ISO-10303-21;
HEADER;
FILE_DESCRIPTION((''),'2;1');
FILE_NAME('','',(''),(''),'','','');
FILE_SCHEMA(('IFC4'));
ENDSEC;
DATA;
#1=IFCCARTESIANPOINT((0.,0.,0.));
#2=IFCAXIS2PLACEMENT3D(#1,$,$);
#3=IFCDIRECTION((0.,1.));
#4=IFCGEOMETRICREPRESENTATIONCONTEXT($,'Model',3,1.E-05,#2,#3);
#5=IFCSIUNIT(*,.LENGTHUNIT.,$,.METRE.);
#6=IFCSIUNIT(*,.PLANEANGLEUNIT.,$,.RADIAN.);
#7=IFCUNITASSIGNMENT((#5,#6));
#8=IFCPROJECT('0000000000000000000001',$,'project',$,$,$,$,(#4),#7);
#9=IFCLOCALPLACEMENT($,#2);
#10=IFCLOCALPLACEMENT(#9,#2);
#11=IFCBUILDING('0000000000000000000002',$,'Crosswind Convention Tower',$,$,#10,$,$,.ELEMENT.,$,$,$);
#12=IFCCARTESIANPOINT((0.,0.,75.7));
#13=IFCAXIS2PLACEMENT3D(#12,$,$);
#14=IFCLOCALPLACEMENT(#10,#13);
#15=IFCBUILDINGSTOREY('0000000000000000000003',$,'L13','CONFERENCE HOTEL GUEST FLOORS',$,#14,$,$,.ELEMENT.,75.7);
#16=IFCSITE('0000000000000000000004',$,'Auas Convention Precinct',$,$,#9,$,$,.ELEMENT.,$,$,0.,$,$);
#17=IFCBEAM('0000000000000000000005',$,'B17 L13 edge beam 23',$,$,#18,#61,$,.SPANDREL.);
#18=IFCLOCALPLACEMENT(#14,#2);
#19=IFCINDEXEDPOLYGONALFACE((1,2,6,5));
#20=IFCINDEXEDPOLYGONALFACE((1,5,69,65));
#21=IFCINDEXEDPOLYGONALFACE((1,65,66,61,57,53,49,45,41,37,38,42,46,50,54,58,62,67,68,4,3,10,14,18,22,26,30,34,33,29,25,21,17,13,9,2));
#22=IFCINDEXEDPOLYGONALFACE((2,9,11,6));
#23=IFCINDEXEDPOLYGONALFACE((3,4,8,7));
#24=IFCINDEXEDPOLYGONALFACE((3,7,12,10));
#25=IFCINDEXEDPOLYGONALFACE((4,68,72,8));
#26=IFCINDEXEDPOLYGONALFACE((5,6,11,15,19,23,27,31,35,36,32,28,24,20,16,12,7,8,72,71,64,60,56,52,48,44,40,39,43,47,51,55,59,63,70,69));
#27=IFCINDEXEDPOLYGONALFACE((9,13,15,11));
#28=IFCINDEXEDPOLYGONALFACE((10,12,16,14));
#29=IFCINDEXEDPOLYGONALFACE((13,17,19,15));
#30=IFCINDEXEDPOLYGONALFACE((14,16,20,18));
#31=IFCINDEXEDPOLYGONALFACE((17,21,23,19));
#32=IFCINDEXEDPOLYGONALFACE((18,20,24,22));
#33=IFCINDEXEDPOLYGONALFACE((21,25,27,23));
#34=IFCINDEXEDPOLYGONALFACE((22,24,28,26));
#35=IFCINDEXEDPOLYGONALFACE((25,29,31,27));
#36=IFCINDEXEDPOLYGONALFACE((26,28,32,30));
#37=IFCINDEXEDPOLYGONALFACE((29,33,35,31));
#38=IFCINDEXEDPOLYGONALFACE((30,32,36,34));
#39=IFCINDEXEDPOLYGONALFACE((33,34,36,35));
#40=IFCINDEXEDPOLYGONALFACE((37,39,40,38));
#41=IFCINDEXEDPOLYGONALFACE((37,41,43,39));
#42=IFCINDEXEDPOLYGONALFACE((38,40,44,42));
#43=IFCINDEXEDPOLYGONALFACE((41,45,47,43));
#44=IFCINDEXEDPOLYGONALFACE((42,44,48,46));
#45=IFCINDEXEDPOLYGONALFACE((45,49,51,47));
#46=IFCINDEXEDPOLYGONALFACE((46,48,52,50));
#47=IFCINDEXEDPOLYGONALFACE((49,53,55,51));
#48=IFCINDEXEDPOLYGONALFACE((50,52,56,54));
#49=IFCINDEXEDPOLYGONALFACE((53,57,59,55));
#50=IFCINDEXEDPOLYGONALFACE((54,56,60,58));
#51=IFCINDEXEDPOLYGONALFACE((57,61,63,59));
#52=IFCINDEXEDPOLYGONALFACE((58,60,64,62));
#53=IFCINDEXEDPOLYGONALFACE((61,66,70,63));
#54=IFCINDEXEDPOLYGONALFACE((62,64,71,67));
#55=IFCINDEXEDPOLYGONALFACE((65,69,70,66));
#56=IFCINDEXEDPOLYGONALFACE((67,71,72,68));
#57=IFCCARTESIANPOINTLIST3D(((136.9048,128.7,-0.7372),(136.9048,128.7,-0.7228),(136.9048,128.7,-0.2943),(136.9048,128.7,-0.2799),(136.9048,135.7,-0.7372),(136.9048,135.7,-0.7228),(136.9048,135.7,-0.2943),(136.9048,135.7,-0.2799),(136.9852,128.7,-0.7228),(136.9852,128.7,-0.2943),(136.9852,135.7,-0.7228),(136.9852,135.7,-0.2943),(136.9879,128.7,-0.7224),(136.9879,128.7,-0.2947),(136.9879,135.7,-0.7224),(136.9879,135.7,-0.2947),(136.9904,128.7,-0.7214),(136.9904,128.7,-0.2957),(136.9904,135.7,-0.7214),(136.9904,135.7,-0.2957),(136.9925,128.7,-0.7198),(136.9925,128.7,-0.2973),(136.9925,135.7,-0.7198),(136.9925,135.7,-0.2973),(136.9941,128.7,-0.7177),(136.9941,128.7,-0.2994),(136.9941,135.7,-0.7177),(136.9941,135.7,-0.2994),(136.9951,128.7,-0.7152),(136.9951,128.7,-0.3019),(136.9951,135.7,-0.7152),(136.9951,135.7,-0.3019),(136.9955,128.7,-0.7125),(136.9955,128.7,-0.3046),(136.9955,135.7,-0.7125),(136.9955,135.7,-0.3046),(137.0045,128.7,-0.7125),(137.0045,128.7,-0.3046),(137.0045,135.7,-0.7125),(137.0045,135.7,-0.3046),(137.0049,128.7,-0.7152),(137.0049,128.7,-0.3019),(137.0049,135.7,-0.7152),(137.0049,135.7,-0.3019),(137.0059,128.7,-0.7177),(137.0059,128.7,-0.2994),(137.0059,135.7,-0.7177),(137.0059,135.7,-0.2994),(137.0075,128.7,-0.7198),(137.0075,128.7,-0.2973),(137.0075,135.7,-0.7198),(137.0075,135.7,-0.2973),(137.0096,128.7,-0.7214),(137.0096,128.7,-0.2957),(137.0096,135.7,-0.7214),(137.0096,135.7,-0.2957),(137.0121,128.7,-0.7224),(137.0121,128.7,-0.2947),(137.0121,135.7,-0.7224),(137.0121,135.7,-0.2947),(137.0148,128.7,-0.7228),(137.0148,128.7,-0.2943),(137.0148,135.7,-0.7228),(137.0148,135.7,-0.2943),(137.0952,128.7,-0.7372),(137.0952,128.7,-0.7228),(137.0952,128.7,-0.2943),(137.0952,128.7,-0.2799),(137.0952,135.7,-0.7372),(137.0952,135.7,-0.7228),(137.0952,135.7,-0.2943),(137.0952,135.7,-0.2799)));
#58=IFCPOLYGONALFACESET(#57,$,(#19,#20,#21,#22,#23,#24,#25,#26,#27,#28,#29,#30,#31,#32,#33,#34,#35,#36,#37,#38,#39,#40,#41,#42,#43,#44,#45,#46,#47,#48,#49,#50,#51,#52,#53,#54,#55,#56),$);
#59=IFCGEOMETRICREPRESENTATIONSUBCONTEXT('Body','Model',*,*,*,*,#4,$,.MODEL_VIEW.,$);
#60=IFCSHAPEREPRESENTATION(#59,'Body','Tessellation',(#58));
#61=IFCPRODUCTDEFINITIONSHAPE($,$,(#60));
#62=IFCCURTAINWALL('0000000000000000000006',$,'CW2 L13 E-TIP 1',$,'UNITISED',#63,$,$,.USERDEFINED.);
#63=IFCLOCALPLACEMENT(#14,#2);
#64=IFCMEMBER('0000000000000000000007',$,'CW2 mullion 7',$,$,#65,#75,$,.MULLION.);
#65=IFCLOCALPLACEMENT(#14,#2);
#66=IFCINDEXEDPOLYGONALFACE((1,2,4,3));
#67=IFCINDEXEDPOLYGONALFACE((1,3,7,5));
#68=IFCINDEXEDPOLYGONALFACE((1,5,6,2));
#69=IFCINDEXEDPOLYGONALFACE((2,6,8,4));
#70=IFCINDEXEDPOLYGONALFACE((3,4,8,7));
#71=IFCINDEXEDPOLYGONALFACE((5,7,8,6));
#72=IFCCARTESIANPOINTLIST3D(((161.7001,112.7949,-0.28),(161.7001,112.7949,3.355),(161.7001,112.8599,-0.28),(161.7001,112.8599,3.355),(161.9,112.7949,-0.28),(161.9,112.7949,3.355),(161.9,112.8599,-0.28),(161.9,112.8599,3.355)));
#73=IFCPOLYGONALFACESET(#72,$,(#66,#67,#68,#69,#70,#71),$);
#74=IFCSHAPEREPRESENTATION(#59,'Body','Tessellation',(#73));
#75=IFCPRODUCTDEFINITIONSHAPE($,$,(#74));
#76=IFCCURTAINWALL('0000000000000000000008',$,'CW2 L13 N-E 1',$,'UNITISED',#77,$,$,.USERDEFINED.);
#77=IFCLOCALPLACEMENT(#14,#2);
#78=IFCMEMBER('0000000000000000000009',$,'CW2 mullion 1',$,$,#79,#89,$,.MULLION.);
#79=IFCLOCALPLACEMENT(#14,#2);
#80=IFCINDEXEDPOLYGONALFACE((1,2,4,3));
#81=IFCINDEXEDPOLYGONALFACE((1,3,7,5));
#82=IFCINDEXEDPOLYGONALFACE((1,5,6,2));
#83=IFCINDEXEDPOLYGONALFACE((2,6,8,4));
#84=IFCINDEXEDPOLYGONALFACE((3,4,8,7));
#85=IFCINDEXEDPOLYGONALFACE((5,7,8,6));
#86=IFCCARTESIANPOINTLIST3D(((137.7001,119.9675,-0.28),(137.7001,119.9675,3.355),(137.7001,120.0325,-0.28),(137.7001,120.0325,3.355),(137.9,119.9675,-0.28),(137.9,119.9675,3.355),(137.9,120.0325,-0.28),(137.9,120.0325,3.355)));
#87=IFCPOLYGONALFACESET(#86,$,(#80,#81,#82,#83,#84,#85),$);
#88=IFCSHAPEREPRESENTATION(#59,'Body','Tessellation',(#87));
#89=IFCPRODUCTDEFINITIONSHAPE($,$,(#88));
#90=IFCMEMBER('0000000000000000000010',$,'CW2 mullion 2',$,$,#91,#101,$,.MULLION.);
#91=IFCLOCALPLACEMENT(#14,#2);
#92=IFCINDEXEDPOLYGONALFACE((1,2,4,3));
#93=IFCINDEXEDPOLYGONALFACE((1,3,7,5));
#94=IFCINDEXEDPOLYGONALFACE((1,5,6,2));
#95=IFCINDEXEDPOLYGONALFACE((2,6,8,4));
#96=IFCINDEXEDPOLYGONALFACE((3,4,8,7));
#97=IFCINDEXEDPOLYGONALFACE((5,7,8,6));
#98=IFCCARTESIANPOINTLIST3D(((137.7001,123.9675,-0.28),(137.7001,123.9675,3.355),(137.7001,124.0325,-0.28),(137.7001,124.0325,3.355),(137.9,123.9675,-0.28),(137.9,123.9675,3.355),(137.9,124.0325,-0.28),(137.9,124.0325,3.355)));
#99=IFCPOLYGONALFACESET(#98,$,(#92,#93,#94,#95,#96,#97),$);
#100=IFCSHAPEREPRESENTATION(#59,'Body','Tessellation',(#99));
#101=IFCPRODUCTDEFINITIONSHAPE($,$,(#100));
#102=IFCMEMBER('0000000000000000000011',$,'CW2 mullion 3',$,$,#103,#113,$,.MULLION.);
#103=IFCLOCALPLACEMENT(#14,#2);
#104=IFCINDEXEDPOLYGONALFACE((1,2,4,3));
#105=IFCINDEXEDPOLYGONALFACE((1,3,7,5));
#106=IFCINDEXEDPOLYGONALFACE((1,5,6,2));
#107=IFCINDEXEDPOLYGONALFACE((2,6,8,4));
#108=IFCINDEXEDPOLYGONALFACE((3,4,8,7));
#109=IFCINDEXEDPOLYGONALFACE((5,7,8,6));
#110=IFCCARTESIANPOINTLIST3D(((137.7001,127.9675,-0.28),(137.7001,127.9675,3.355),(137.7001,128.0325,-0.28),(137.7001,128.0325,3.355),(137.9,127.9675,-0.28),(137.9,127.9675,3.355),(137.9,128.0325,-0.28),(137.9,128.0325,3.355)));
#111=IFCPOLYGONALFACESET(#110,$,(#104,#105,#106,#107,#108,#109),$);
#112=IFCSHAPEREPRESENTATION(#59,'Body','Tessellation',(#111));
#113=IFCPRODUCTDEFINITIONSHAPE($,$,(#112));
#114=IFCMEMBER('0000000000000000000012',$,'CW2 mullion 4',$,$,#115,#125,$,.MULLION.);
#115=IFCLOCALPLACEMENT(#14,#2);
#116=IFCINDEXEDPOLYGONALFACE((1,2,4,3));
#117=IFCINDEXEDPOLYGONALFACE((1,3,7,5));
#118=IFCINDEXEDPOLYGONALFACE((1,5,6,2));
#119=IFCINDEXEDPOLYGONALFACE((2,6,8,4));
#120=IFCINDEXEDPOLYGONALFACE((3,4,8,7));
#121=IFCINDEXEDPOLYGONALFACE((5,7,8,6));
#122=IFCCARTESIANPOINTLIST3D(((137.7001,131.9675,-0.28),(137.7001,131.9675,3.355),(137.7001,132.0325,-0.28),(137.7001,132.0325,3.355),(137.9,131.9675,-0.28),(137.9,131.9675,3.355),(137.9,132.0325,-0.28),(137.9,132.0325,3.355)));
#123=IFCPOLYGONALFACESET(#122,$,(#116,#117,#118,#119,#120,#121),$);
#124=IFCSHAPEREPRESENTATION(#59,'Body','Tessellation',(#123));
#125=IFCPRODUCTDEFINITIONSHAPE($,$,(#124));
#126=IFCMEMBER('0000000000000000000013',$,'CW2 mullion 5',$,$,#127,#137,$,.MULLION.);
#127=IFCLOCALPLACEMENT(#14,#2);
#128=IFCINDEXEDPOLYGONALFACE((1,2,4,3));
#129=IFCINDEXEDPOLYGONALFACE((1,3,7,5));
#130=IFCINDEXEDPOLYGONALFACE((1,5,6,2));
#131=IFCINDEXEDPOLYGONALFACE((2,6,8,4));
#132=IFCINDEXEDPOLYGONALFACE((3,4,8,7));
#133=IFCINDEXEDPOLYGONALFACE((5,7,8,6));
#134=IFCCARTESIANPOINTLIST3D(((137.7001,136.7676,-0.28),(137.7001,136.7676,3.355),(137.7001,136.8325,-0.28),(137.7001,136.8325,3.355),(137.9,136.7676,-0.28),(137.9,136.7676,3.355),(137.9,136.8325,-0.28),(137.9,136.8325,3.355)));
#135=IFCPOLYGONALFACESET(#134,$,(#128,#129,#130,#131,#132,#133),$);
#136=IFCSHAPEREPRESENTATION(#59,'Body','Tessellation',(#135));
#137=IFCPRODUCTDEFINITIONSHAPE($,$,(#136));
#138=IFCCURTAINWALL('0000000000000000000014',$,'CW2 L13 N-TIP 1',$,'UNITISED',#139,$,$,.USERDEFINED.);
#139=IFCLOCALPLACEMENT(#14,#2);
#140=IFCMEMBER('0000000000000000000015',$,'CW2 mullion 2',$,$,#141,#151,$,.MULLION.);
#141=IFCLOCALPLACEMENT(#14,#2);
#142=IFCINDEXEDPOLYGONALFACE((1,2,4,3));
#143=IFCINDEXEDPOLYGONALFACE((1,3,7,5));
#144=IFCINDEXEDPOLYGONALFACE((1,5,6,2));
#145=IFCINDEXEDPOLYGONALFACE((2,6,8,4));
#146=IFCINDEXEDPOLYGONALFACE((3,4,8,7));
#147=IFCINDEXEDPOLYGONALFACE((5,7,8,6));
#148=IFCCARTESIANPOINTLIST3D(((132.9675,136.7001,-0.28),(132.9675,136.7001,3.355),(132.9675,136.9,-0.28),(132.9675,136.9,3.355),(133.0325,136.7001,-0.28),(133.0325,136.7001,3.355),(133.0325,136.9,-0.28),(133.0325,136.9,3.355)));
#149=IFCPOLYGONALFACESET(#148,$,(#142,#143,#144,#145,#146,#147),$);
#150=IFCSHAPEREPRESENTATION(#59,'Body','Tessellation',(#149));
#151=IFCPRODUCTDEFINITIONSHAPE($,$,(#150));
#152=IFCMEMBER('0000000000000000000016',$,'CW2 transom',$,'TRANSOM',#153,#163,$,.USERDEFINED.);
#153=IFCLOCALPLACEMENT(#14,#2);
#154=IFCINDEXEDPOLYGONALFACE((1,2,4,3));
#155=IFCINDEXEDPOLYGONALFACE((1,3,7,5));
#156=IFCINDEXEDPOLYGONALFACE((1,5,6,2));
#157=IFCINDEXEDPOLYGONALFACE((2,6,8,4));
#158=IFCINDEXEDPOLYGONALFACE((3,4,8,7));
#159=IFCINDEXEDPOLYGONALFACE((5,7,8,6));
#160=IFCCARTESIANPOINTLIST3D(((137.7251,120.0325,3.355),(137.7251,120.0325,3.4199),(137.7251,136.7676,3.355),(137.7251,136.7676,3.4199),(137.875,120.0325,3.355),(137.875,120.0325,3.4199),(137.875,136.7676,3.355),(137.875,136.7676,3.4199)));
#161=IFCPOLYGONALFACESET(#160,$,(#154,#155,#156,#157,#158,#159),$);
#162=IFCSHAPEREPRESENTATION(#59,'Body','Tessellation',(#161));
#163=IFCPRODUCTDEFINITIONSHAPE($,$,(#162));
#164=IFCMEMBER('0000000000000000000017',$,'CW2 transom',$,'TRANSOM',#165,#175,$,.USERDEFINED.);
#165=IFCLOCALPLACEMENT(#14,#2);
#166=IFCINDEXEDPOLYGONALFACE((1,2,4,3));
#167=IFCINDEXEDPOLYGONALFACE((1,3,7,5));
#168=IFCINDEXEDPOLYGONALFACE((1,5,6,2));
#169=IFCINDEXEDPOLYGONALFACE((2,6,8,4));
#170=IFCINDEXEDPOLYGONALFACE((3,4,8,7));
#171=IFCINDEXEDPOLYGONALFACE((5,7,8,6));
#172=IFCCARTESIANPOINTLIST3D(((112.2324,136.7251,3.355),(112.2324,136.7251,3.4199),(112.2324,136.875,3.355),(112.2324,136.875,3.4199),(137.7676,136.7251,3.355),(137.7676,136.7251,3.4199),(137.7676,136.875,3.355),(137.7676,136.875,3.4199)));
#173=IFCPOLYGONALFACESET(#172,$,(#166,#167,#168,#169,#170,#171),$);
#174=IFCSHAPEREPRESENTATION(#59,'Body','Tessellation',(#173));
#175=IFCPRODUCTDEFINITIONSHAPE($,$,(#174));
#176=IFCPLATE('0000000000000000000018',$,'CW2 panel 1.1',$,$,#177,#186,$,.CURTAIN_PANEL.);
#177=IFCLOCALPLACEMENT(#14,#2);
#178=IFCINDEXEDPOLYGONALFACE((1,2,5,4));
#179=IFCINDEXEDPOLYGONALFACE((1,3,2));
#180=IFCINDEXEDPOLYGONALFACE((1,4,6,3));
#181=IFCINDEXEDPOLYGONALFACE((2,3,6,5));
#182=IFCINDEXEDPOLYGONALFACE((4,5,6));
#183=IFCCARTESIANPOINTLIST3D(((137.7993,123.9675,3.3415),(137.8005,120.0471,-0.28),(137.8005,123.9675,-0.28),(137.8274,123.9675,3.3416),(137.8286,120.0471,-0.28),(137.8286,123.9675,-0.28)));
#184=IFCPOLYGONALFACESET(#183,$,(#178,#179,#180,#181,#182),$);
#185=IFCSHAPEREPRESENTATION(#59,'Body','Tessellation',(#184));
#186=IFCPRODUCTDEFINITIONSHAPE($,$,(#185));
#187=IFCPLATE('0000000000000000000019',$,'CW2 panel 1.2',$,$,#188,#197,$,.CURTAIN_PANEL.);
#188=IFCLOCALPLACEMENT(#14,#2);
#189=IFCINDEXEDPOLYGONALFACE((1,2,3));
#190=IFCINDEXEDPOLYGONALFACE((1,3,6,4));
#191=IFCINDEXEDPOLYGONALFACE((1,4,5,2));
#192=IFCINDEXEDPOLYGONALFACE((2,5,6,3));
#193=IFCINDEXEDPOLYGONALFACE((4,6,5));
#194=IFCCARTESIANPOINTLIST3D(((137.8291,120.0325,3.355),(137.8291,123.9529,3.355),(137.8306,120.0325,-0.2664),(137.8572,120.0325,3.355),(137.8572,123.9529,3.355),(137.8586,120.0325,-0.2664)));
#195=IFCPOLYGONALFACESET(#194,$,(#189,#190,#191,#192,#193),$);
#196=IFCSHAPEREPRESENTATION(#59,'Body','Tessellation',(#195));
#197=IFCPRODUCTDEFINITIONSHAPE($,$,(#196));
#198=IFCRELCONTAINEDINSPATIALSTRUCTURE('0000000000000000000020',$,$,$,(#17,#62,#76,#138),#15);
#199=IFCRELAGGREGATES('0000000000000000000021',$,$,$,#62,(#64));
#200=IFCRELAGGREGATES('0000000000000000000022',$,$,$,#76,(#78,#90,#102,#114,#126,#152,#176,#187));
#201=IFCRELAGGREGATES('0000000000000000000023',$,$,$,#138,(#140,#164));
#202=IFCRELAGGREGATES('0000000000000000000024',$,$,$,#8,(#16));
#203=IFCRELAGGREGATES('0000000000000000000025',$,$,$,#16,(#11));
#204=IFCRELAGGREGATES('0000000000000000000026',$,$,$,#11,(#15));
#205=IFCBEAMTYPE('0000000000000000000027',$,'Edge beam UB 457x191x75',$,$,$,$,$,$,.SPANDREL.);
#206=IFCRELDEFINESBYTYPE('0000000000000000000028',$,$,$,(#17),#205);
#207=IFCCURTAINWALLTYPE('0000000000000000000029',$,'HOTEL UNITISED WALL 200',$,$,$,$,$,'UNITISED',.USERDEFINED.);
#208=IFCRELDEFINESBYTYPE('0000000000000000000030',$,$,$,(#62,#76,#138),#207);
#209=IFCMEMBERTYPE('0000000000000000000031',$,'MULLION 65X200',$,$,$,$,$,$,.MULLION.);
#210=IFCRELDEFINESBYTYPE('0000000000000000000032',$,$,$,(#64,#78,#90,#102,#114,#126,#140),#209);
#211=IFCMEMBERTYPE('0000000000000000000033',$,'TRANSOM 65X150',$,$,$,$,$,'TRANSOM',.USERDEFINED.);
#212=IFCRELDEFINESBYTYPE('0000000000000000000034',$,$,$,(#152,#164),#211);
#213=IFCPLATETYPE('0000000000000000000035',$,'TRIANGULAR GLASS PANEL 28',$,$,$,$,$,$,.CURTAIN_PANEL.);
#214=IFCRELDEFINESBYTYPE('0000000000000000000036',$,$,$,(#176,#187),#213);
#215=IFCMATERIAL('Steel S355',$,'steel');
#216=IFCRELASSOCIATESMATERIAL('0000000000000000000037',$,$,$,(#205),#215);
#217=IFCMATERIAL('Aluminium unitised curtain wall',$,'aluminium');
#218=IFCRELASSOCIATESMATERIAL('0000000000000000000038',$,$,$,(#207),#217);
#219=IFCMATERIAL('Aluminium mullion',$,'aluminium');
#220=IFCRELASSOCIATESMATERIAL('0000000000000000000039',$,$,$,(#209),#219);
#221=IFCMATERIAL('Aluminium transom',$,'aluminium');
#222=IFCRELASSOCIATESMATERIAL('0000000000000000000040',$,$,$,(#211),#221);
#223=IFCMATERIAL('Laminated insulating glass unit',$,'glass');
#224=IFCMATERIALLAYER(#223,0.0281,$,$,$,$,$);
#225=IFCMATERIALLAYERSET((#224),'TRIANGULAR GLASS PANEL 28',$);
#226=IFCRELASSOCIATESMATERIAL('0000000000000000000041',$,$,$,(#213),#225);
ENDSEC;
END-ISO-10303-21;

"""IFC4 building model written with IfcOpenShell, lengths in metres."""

from ifc_helpers import new_model, si_unit, direction, frame, origin, origin_2d, place, context, subcontext, project, spatial, polyline, rectangle, i_section, outline, extrude, material, layer, layer_set, material_profile, profile_set, type_object, element, aggregate, save


model = new_model("IFC4")

# Units and contexts
model_context = context("Model", 3, precision=1e-05, world=origin(), true_north=direction((0.0, 1.0)))
body_context = subcontext(model_context, "Body", "Model", "MODEL_VIEW")
ifc_project = project(units=[si_unit("LENGTHUNIT", "METRE"), si_unit("PLANEANGLEUNIT", "RADIAN")], contexts=[model_context])

# Site, building, storey
site_placement = place(None, origin())
site = spatial("IfcSite", under=ifc_project, at=site_placement, Name="Auas Convention Precinct", CompositionType="ELEMENT", RefElevation=0.0)
building_placement = place(site_placement, origin())
building = spatial("IfcBuilding", under=site, at=building_placement, Name="Crosswind Convention Tower", CompositionType="ELEMENT")
storey_placement = place(building_placement, frame((0.0, 0.0, 75.7)))
storey = spatial("IfcBuildingStorey", under=building, at=storey_placement, Name="L13", Description="CONFERENCE HOTEL GUEST FLOORS", CompositionType="ELEMENT", Elevation=75.7)

# Beam
ifc_material_1 = material(Name="Steel S355", Category="steel")
ifc_material_profile_1 = material_profile(ifc_material_1, i_section(OverallWidth=0.1904, OverallDepth=0.4573, WebThickness=0.009, FlangeThickness=0.0144, FilletRadius=0.0103, at=origin_2d()), Name="UB 457x191x75")
ifc_profile_set_1 = profile_set([ifc_material_profile_1], Name="Steel S355")
beam_type_1 = type_object("IfcBeamType", Name="Edge beam UB 457x191x75", PredefinedType="SPANDREL", material=ifc_profile_set_1)
beam_1_placement = place(storey_placement, frame((137.0, 128.7, -0.5085), z_axis=(0.0, 1.0, 0.0), x_axis=(-1.0, 0.0, 0.0)))
element("IfcBeam", 1, at=beam_1_placement, inside=storey, type_object=beam_type_1, Name="B17 L13 edge beam 23", PredefinedType="SPANDREL", context=body_context, shape_type="SweptSolid", body=[
    extrude(i_section(OverallWidth=0.1904, OverallDepth=0.4573, WebThickness=0.009, FlangeThickness=0.0144, FilletRadius=0.0103, at=origin_2d()), origin(), (0.0, 0.0, 1.0), 7.0),
])

# Curtain wall, member
ifc_material_2 = material(Name="Aluminium unitised curtain wall", Category="aluminium")
curtain_wall_type = type_object("IfcCurtainWallType", Name="HOTEL UNITISED WALL 200", ElementType="UNITISED", PredefinedType="USERDEFINED", material=ifc_material_2)
curtain_wall_1_placement = place(storey_placement, origin())
curtain_wall_1 = element("IfcCurtainWall", 2, at=curtain_wall_1_placement, inside=storey, type_object=curtain_wall_type, Name="CW2 L13 E-TIP 1", ObjectType="UNITISED", PredefinedType="USERDEFINED")
ifc_material_3 = material(Name="Aluminium mullion", Category="aluminium")
ifc_material_profile_2 = material_profile(ifc_material_3, rectangle(XDim=0.2, YDim=0.0649, at=origin_2d()), Name="AL 200X65")
ifc_profile_set_2 = profile_set([ifc_material_profile_2], Name="Aluminium mullion")
member_type_1 = type_object("IfcMemberType", Name="MULLION 65X200", PredefinedType="MULLION", material=ifc_profile_set_2)
member_1_placement = place(storey_placement, frame((161.8, 112.8274, -0.28), z_axis=(0.0, 0.0, 1.0), x_axis=(1.0, 0.0, 0.0)))
member_1 = element("IfcMember", 3, at=member_1_placement, type_object=member_type_1, Name="CW2 mullion 7", PredefinedType="MULLION", context=body_context, shape_type="SweptSolid", body=[
    extrude(rectangle(XDim=0.2, YDim=0.0649, at=origin_2d()), origin(), (0.0, 0.0, 1.0), 3.635),
])
aggregate(curtain_wall_1, [member_1])

# Curtain wall, members
curtain_wall_2_placement = place(storey_placement, origin())
curtain_wall_2 = element("IfcCurtainWall", 4, at=curtain_wall_2_placement, inside=storey, type_object=curtain_wall_type, Name="CW2 L13 N-E 1", ObjectType="UNITISED", PredefinedType="USERDEFINED")
member_2_placement = place(storey_placement, frame((137.8, 120.0, -0.28), z_axis=(0.0, 0.0, 1.0), x_axis=(1.0, 0.0, 0.0)))
member_2 = element("IfcMember", 5, at=member_2_placement, type_object=member_type_1, Name="CW2 mullion 1", PredefinedType="MULLION", context=body_context, shape_type="SweptSolid", body=[
    extrude(rectangle(XDim=0.2, YDim=0.0649, at=origin_2d()), origin(), (0.0, 0.0, 1.0), 3.635),
])
member_3_placement = place(storey_placement, frame((137.8, 124.0, -0.28), z_axis=(0.0, 0.0, 1.0), x_axis=(1.0, 0.0, 0.0)))
member_3 = element("IfcMember", 6, at=member_3_placement, type_object=member_type_1, Name="CW2 mullion 2", PredefinedType="MULLION", context=body_context, shape_type="SweptSolid", body=[
    extrude(rectangle(XDim=0.2, YDim=0.0649, at=origin_2d()), origin(), (0.0, 0.0, 1.0), 3.635),
])
member_4_placement = place(storey_placement, frame((137.8, 128.0, -0.28), z_axis=(0.0, 0.0, 1.0), x_axis=(1.0, 0.0, 0.0)))
member_4 = element("IfcMember", 7, at=member_4_placement, type_object=member_type_1, Name="CW2 mullion 3", PredefinedType="MULLION", context=body_context, shape_type="SweptSolid", body=[
    extrude(rectangle(XDim=0.2, YDim=0.0649, at=origin_2d()), origin(), (0.0, 0.0, 1.0), 3.635),
])
member_5_placement = place(storey_placement, frame((137.8, 132.0, -0.28), z_axis=(0.0, 0.0, 1.0), x_axis=(1.0, 0.0, 0.0)))
member_5 = element("IfcMember", 8, at=member_5_placement, type_object=member_type_1, Name="CW2 mullion 4", PredefinedType="MULLION", context=body_context, shape_type="SweptSolid", body=[
    extrude(rectangle(XDim=0.2, YDim=0.0649, at=origin_2d()), origin(), (0.0, 0.0, 1.0), 3.635),
])
member_6_placement = place(storey_placement, frame((137.8, 136.8, -0.28), z_axis=(0.0, 0.0, 1.0), x_axis=(1.0, 0.0, 0.0)))
member_6 = element("IfcMember", 9, at=member_6_placement, type_object=member_type_1, Name="CW2 mullion 5", PredefinedType="MULLION", context=body_context, shape_type="SweptSolid", body=[
    extrude(rectangle(XDim=0.2, YDim=0.0649, at=origin_2d()), origin(), (0.0, 0.0, 1.0), 3.635),
])

# Curtain wall, member
curtain_wall_3_placement = place(storey_placement, origin())
curtain_wall_3 = element("IfcCurtainWall", 10, at=curtain_wall_3_placement, inside=storey, type_object=curtain_wall_type, Name="CW2 L13 N-TIP 1", ObjectType="UNITISED", PredefinedType="USERDEFINED")
member_7_placement = place(storey_placement, frame((133.0, 136.8, -0.28), z_axis=(0.0, 0.0, 1.0), x_axis=(0.0, 1.0, 0.0)))
member_7 = element("IfcMember", 11, at=member_7_placement, type_object=member_type_1, Name="CW2 mullion 2", PredefinedType="MULLION", context=body_context, shape_type="SweptSolid", body=[
    extrude(rectangle(XDim=0.2, YDim=0.0649, at=origin_2d()), origin(), (0.0, 0.0, 1.0), 3.635),
])

# Members
ifc_material_4 = material(Name="Aluminium transom", Category="aluminium")
ifc_material_profile_3 = material_profile(ifc_material_4, rectangle(XDim=0.1499, YDim=0.0649, at=origin_2d()), Name="AL 150X65")
ifc_profile_set_3 = profile_set([ifc_material_profile_3], Name="Aluminium transom")
member_type_2 = type_object("IfcMemberType", Name="TRANSOM 65X150", ElementType="TRANSOM", PredefinedType="USERDEFINED", material=ifc_profile_set_3)
member_8_placement = place(storey_placement, frame((137.8, 120.0325, 3.3875), z_axis=(0.0, 1.0, 0.0), x_axis=(-1.0, 0.0, 0.0)))
member_8 = element("IfcMember", 12, at=member_8_placement, type_object=member_type_2, Name="CW2 transom", ObjectType="TRANSOM", PredefinedType="USERDEFINED", context=body_context, shape_type="SweptSolid", body=[
    extrude(rectangle(XDim=0.1499, YDim=0.0649, at=origin_2d()), origin(), (0.0, 0.0, 1.0), 16.7351),
])
member_9_placement = place(storey_placement, frame((137.7676, 136.8, 3.3875), z_axis=(-1.0, 0.0, 0.0), x_axis=(0.0, -1.0, 0.0)))
member_9 = element("IfcMember", 13, at=member_9_placement, type_object=member_type_2, Name="CW2 transom", ObjectType="TRANSOM", PredefinedType="USERDEFINED", context=body_context, shape_type="SweptSolid", body=[
    extrude(rectangle(XDim=0.1499, YDim=0.0649, at=origin_2d()), origin(), (0.0, 0.0, 1.0), 25.5352),
])

# Plates
ifc_material_5 = material(Name="Laminated insulating glass unit", Category="glass")
ifc_layer_1 = layer(ifc_material_5, 0.0281)
ifc_layer_set_1 = layer_set([ifc_layer_1], Name="TRIANGULAR GLASS PANEL 28")
plate_type = type_object("IfcPlateType", Name="TRIANGULAR GLASS PANEL 28", PredefinedType="CURTAIN_PANEL", material=ifc_layer_set_1)
plate_1_placement = place(storey_placement, frame((137.8286, 123.9675, -0.28), z_axis=(1.0, 0.0, 0.000337), x_axis=(-0.000337, 0.0, 1.0)))
plate_1 = element("IfcPlate", 14, at=plate_1_placement, type_object=plate_type, Name="CW2 panel 1.1", PredefinedType="CURTAIN_PANEL", context=body_context, shape_type="SweptSolid", body=[
    extrude(outline(polyline([(0.0, 0.0), (3.6216, 0.0), (0.0, 3.9204), (0.0, 0.0)])), origin(), (0.0, 0.0, -1.0), 0.0281),
])
plate_2_placement = place(storey_placement, frame((137.8572, 120.0325, 3.355), z_axis=(1.0, 0.0, 0.000405), x_axis=(0.000405, 0.0, -1.0)))
plate_2 = element("IfcPlate", 15, at=plate_2_placement, type_object=plate_type, Name="CW2 panel 1.2", PredefinedType="CURTAIN_PANEL", context=body_context, shape_type="SweptSolid", body=[
    extrude(outline(polyline([(0.0, 0.0), (3.6213, 0.0), (0.0, 3.9204), (0.0, 0.0)])), origin(), (0.0, 0.0, -1.0), 0.0281),
])

aggregate(curtain_wall_2, [member_2, member_3, member_4, member_5, member_6, member_8, plate_1, plate_2])
aggregate(curtain_wall_3, [member_7, member_9])

save(model, "model.ifc")
